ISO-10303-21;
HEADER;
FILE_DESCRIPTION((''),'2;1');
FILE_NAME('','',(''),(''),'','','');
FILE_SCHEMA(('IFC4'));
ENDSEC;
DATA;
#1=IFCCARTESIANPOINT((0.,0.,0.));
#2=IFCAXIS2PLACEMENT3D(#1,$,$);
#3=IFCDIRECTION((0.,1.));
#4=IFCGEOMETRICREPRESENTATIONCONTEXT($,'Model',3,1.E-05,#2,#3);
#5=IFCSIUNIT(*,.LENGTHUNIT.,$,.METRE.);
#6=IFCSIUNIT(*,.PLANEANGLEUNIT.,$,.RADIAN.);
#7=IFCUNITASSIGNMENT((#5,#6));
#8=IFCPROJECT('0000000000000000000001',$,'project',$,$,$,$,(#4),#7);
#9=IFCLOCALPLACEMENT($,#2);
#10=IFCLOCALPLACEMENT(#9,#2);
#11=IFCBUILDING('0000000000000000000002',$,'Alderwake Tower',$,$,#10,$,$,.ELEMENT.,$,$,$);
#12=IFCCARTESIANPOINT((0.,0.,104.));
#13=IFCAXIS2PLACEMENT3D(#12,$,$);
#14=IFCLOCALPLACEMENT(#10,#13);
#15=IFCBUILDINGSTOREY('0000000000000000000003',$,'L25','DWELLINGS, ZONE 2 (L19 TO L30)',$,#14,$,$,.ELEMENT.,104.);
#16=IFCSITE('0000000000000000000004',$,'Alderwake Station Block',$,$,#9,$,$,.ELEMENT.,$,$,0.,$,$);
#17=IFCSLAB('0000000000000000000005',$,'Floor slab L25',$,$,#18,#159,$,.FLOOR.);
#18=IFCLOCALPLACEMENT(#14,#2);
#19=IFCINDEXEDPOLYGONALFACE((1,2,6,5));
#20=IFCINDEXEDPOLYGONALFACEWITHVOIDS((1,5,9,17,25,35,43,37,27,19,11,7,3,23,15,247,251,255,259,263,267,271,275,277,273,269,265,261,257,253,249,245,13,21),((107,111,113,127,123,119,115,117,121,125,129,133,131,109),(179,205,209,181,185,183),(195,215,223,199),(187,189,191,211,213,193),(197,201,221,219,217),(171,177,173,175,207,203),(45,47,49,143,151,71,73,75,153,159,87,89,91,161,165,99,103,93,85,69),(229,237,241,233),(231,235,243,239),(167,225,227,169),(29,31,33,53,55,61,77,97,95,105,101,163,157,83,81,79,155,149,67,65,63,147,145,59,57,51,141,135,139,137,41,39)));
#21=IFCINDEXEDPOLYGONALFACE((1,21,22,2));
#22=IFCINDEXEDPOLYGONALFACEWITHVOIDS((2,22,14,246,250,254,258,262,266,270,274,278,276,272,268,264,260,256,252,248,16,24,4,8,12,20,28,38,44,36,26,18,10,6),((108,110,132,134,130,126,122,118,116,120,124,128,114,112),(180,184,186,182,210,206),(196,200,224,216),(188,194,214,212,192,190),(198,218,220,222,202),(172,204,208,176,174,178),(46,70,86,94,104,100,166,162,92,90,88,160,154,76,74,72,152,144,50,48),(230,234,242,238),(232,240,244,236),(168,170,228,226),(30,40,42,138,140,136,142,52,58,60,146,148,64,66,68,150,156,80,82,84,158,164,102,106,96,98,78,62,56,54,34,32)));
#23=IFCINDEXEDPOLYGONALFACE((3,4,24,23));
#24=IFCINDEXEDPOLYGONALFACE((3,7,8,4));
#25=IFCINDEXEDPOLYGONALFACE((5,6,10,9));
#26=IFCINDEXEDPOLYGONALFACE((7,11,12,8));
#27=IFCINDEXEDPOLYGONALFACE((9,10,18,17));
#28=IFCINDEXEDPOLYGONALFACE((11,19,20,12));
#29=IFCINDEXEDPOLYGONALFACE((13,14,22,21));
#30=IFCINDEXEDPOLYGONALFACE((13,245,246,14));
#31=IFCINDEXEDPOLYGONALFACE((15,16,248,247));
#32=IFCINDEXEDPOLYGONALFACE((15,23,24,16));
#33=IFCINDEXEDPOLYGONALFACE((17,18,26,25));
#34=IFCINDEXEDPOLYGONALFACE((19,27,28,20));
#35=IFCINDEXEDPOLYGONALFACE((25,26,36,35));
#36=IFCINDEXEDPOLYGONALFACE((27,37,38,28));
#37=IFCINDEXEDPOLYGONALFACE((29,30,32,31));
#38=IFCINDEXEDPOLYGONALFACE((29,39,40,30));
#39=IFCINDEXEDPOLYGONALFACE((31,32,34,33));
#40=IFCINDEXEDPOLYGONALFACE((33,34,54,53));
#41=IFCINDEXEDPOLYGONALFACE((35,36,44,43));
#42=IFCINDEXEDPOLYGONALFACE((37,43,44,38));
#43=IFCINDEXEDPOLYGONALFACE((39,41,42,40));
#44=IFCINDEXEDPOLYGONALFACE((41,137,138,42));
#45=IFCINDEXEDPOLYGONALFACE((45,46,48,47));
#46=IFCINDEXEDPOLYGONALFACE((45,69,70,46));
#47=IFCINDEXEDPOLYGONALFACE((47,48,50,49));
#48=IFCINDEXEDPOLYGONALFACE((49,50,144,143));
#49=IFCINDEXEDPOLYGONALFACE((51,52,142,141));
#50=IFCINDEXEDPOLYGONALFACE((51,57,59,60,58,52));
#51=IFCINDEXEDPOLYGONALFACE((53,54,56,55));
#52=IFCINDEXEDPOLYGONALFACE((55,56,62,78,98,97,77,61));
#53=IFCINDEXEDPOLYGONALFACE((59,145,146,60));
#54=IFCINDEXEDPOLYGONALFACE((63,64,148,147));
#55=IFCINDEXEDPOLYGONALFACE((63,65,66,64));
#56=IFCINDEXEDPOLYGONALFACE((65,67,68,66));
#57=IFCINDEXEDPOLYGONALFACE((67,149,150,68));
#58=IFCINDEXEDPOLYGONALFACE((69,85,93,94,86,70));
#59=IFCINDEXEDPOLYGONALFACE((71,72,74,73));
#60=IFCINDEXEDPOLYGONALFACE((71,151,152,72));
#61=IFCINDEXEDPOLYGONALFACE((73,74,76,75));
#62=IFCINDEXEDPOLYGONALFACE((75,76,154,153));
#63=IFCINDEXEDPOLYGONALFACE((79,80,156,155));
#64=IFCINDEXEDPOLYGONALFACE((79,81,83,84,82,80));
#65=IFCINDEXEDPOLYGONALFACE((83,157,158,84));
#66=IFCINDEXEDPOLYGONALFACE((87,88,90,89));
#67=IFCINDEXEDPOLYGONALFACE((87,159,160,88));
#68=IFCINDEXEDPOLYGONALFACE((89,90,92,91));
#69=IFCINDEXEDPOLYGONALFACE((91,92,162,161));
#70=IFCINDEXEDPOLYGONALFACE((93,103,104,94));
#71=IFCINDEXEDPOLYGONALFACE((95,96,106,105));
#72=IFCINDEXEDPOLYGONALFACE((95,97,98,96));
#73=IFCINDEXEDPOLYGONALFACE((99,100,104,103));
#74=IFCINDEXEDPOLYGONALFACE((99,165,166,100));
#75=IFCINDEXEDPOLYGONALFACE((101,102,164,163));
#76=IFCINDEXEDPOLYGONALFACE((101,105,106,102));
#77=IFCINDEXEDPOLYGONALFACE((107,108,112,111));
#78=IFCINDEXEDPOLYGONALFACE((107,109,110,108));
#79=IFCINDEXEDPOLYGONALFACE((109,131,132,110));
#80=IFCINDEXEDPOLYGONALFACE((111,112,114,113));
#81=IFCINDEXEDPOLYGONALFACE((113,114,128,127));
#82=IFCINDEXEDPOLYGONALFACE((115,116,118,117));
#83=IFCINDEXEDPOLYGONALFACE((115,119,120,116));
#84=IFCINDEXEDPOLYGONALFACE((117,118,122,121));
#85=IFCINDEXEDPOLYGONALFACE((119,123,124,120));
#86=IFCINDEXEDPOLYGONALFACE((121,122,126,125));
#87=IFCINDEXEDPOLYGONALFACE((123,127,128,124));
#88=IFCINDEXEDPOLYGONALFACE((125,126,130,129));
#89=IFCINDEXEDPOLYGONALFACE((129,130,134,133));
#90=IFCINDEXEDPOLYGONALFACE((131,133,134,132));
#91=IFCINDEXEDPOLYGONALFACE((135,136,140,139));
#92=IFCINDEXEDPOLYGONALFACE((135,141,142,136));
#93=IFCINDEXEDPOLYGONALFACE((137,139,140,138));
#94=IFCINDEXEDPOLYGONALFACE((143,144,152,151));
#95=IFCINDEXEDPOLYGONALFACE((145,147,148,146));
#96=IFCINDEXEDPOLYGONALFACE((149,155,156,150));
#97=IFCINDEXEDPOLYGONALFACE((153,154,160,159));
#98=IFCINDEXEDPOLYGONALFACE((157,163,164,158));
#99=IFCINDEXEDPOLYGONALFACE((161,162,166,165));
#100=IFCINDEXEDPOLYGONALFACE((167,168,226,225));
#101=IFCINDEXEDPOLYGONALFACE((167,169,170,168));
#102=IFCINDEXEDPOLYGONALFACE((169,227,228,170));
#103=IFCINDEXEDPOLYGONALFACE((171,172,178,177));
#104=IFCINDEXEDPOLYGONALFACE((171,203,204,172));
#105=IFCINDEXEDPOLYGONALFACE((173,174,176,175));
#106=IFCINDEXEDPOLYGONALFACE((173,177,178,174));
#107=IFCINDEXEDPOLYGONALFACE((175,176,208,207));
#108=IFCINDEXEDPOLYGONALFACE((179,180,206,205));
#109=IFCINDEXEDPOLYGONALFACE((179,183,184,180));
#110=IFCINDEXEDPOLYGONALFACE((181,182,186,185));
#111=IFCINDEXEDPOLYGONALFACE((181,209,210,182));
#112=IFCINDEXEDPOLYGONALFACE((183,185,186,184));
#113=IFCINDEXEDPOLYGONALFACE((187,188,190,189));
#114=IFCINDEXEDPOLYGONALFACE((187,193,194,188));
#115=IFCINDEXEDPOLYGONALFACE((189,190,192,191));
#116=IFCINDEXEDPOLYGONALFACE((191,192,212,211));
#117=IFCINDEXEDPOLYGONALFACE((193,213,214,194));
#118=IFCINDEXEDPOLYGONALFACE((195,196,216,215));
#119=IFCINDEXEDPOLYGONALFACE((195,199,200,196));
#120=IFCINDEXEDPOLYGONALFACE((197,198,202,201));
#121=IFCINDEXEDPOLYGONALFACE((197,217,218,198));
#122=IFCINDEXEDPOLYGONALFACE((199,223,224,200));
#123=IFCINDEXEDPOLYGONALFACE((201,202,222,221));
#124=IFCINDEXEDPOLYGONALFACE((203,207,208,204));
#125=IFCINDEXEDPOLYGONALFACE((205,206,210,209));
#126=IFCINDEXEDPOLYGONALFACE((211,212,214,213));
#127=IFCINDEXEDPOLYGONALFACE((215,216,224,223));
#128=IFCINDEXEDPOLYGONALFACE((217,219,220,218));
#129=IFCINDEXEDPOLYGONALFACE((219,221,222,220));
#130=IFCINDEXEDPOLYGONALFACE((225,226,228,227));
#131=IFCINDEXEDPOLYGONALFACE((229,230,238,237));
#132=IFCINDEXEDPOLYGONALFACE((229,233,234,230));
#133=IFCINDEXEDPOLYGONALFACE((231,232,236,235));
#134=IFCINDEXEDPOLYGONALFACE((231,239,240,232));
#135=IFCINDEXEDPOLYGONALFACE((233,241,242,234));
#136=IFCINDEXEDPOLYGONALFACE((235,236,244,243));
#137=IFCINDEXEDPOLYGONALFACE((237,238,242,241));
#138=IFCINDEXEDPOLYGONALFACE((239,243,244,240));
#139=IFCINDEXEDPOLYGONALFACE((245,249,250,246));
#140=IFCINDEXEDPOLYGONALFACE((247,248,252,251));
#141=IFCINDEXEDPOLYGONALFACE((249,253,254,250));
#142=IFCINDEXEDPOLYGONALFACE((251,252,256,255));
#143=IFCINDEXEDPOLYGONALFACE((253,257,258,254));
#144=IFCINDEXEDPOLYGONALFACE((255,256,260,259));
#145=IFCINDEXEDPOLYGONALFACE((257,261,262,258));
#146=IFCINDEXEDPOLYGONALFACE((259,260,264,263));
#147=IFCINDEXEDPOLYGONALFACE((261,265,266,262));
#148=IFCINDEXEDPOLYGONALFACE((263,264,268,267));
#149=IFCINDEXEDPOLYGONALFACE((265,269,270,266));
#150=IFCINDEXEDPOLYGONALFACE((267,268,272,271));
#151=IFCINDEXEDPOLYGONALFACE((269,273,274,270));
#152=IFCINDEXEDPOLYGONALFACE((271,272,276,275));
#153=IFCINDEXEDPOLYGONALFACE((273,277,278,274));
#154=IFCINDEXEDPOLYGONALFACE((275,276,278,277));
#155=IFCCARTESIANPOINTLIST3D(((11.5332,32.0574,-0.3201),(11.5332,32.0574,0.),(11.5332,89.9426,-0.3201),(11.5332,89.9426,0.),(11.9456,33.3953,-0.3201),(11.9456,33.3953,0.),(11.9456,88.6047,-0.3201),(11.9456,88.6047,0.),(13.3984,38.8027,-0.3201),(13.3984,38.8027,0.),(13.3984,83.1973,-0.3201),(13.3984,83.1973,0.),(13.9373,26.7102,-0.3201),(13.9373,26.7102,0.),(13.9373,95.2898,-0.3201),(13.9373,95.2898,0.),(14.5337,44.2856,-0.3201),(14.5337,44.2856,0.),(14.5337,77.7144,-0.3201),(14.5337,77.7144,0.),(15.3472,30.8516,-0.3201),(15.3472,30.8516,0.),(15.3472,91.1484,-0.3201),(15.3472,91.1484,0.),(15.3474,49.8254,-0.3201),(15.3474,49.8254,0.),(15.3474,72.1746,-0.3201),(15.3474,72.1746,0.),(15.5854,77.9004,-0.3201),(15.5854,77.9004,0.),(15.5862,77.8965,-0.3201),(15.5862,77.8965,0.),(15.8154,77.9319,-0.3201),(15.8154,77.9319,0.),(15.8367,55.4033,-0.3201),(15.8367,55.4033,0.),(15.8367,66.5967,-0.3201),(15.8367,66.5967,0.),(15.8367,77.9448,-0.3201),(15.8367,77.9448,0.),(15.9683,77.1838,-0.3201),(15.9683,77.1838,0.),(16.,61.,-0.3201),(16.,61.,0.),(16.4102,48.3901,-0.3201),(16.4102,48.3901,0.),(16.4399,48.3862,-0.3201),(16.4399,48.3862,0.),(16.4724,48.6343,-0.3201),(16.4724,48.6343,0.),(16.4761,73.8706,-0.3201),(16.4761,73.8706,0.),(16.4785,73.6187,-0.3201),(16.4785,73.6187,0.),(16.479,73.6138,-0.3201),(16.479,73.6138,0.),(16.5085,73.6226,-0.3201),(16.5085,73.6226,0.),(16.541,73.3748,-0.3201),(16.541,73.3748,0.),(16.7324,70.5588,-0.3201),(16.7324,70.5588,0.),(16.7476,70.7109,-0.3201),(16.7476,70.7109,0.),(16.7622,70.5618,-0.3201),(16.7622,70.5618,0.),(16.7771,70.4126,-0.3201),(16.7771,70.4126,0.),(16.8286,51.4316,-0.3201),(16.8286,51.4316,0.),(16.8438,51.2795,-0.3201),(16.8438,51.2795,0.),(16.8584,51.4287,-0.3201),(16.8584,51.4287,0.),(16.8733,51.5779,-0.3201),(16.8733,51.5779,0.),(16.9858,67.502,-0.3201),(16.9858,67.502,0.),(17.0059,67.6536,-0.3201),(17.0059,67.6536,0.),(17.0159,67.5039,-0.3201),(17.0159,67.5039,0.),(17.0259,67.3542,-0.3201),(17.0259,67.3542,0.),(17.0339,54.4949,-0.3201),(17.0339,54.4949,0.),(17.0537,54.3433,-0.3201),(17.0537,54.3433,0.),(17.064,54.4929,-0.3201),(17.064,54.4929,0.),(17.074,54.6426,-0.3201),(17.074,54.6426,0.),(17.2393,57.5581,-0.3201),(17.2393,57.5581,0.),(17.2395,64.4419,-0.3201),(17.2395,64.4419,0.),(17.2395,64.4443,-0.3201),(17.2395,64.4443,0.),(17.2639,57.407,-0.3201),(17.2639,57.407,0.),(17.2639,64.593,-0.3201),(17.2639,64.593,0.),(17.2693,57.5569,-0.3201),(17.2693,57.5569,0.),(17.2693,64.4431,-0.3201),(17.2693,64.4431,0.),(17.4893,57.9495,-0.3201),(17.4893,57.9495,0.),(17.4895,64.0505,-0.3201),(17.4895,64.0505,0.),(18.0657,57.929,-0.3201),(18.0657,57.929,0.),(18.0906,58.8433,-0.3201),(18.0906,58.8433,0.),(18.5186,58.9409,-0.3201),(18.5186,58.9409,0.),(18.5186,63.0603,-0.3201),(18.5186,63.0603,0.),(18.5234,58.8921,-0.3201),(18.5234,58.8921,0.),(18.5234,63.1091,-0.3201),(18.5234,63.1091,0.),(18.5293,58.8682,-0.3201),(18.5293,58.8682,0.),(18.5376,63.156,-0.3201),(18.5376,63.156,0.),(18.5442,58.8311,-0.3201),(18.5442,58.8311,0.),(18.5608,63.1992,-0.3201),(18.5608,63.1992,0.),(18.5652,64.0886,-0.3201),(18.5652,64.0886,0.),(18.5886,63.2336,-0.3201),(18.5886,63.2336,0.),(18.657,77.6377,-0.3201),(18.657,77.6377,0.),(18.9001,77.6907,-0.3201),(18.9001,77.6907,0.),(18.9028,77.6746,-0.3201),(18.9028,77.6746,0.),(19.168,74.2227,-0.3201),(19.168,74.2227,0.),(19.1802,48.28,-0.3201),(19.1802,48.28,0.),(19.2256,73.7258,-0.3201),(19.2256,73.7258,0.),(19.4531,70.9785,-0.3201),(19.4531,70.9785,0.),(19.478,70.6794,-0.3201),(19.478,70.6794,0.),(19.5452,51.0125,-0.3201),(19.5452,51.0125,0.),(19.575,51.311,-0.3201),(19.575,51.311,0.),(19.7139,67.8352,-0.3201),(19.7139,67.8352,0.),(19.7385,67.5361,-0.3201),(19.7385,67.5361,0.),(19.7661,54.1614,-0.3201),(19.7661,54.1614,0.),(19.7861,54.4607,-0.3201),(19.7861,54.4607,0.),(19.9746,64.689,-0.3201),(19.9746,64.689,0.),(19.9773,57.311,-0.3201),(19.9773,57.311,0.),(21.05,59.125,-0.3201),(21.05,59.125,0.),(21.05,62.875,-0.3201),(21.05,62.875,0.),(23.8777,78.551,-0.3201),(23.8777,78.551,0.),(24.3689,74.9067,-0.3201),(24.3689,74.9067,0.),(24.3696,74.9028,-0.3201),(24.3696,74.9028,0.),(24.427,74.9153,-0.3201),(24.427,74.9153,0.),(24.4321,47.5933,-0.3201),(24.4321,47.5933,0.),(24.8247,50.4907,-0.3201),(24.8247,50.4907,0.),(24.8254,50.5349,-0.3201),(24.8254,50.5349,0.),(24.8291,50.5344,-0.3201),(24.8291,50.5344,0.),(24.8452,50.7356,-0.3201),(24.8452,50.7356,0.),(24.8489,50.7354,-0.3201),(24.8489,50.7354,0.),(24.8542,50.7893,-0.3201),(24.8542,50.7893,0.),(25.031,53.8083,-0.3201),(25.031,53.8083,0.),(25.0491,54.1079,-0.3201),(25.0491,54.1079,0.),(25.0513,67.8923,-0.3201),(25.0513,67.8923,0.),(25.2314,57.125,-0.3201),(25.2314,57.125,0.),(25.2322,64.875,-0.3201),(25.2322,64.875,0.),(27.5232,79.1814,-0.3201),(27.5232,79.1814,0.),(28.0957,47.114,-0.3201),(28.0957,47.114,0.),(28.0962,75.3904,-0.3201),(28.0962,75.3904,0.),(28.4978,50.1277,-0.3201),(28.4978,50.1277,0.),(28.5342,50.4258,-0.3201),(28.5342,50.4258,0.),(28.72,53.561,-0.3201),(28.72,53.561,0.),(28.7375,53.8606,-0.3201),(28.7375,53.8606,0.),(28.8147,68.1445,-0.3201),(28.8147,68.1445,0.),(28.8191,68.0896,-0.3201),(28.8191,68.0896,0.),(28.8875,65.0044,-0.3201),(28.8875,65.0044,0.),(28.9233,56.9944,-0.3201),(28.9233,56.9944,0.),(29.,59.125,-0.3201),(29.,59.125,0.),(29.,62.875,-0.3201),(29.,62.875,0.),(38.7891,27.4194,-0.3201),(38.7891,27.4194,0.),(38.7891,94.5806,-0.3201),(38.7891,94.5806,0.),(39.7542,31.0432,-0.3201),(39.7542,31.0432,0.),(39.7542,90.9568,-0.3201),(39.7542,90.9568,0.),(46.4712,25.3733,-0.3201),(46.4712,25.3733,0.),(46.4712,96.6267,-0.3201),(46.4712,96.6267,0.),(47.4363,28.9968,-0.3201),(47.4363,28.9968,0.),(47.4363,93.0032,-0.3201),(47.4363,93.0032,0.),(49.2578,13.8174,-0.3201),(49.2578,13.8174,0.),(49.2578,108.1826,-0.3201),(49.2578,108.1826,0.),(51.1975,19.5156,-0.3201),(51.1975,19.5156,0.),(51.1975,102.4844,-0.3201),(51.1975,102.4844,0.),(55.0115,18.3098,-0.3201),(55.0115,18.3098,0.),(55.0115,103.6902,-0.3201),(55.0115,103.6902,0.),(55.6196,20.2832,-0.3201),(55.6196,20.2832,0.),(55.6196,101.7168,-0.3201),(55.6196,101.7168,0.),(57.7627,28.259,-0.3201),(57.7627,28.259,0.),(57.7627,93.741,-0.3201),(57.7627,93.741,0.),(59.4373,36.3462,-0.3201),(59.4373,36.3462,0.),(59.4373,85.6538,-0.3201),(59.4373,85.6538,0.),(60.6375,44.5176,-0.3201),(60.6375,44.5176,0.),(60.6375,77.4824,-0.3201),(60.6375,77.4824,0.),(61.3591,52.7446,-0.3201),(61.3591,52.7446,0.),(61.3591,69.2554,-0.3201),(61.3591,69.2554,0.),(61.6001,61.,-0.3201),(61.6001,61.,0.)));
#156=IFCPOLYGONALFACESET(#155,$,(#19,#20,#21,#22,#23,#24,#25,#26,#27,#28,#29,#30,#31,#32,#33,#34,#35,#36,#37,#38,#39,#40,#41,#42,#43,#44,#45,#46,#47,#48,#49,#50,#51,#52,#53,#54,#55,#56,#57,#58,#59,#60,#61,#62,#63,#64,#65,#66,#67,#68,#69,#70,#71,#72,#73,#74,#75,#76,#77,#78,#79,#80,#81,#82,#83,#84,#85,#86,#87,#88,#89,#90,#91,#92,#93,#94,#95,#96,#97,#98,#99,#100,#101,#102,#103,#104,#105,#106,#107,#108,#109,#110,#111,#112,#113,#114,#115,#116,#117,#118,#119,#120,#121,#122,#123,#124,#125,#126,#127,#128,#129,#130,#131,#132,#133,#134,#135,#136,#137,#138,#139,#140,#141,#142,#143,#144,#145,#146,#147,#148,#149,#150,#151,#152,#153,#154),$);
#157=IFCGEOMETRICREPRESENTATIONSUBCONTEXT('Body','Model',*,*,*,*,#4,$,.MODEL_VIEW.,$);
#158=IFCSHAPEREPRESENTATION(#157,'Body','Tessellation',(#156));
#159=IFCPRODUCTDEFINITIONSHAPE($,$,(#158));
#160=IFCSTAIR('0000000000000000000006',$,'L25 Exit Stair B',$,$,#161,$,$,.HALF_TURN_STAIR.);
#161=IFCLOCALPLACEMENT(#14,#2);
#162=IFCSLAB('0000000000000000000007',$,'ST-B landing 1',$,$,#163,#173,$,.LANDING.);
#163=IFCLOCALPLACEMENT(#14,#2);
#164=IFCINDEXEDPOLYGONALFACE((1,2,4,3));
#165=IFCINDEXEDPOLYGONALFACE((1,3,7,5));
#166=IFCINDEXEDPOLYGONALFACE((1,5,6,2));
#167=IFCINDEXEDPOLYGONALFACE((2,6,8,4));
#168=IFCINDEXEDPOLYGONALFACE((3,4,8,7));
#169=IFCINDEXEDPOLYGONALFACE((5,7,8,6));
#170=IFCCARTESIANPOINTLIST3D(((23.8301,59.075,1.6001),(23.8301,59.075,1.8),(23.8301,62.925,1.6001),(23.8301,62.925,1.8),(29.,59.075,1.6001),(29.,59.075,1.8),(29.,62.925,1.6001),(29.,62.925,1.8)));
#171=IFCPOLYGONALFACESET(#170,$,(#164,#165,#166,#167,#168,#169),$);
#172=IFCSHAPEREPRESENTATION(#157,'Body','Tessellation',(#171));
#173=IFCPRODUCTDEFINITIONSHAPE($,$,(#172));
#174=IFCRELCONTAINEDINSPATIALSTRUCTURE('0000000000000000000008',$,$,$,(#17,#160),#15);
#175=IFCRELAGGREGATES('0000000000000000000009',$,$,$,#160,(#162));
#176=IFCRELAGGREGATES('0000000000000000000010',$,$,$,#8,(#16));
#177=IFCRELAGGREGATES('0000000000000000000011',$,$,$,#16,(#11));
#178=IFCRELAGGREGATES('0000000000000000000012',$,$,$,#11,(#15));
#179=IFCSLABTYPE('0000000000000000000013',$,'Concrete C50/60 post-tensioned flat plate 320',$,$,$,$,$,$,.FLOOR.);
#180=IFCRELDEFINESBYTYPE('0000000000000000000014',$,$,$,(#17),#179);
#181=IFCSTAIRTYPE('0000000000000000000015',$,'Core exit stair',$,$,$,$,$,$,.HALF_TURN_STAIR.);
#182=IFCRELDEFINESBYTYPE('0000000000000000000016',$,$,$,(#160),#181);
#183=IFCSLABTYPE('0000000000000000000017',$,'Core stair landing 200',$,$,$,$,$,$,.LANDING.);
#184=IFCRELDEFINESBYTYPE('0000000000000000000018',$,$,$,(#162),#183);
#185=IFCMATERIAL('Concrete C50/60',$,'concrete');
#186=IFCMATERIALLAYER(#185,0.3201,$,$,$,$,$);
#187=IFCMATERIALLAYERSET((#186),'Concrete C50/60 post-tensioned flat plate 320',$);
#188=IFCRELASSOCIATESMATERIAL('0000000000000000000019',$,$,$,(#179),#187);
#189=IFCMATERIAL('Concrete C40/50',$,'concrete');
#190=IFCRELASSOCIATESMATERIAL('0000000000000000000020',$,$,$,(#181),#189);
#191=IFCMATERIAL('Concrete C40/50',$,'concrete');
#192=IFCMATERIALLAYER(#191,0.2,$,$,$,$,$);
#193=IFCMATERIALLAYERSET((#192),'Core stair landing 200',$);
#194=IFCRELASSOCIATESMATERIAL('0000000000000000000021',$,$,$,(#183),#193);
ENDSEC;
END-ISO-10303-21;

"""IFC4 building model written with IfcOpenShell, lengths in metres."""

from ifc_helpers import new_model, si_unit, direction, frame, origin, place, context, subcontext, project, spatial, polyline, outline, extrude, material, layer, layer_set, type_object, element, aggregate, save


model = new_model("IFC4")

# Units and contexts
model_context = context("Model", 3, precision=1e-05, world=origin(), true_north=direction((0.0, 1.0)))
body_context = subcontext(model_context, "Body", "Model", "MODEL_VIEW")
ifc_project = project(units=[si_unit("LENGTHUNIT", "METRE"), si_unit("PLANEANGLEUNIT", "RADIAN")], contexts=[model_context])

# Site, building, storey
site_placement = place(None, origin())
site = spatial("IfcSite", under=ifc_project, at=site_placement, Name="Alderwake Station Block", CompositionType="ELEMENT", RefElevation=0.0)
building_placement = place(site_placement, origin())
building = spatial("IfcBuilding", under=site, at=building_placement, Name="Alderwake Tower", CompositionType="ELEMENT")
storey_placement = place(building_placement, frame((0.0, 0.0, 104.0)))
storey = spatial("IfcBuildingStorey", under=building, at=storey_placement, Name="L25", Description="DWELLINGS, ZONE 2 (L19 TO L30)", CompositionType="ELEMENT", Elevation=104.0)

# Slab
ifc_material_1 = material(Name="Concrete C50/60", Category="concrete")
ifc_layer_1 = layer(ifc_material_1, 0.3201)
ifc_layer_set_1 = layer_set([ifc_layer_1], Name="Concrete C50/60 post-tensioned flat plate 320")
slab_type_1 = type_object("IfcSlabType", Name="Concrete C50/60 post-tensioned flat plate 320", PredefinedType="FLOOR", material=ifc_layer_set_1)
slab_1_placement = place(storey_placement, frame((0.0, 0.0, -0.3201)))
element("IfcSlab", 1, at=slab_1_placement, inside=storey, type_object=slab_type_1, Name="Floor slab L25", PredefinedType="FLOOR", context=body_context, shape_type="SweptSolid", body=[
    extrude(outline(polyline([(11.5332, 32.0574), (11.9456, 33.3953), (13.3984, 38.8027), (14.5337, 44.2856), (15.3474, 49.8254), (15.8367, 55.4033), (16.0, 61.0), (15.8367, 66.5967), (15.3474, 72.1746), (14.5337, 77.7144), (13.3984, 83.1973), (11.9456, 88.6047), (11.5332, 89.9426), (15.3472, 91.1484), (13.9373, 95.2898), (49.2578, 108.1826), (51.1975, 102.4844), (55.0115, 103.6902), (55.6196, 101.7168), (57.7627, 93.741), (59.4373, 85.6538), (60.6375, 77.4824), (61.3591, 69.2554), (61.6001, 61.0), (61.3591, 52.7446), (60.6375, 44.5176), (59.4373, 36.3462), (57.7627, 28.259), (55.6196, 20.2832), (55.0115, 18.3098), (51.1975, 19.5156), (49.2578, 13.8174), (13.9373, 26.7102), (15.3472, 30.8516), (11.5332, 32.0574)]), holes=[polyline([(16.8438, 51.2795), (16.8584, 51.4287), (16.8733, 51.5779), (19.575, 51.311), (19.7661, 54.1614), (17.0537, 54.3433), (17.064, 54.4929), (17.074, 54.6426), (19.7861, 54.4607), (19.9773, 57.311), (17.2639, 57.407), (17.2693, 57.5569), (17.2393, 57.5581), (17.0339, 54.4949), (16.8286, 51.4316), (16.8286, 51.4316), (16.4102, 48.3901), (16.4399, 48.3862), (16.4724, 48.6343), (19.1802, 48.28), (19.5452, 51.0125), (16.8438, 51.2795)]), polyline([(29.0, 62.875), (21.05, 62.875), (21.05, 59.125), (29.0, 59.125), (29.0, 62.875)]), polyline([(19.7385, 67.5361), (17.0259, 67.3542), (17.0159, 67.5039), (17.0059, 67.6536), (19.7139, 67.8352), (19.478, 70.6794), (16.7771, 70.4126), (16.7622, 70.5618), (16.7476, 70.7109), (19.4531, 70.9785), (19.2256, 73.7258), (16.541, 73.3748), (16.5085, 73.6226), (16.4761, 73.8706), (19.168, 74.2227), (18.657, 77.6377), (18.9028, 77.6746), (18.9001, 77.6907), (15.9683, 77.1838), (15.8367, 77.9448), (15.5854, 77.9004), (15.5862, 77.8965), (15.8154, 77.9319), (16.4785, 73.6187), (16.479, 73.6138), (16.7324, 70.5588), (16.9858, 67.502), (17.2395, 64.4443), (17.2395, 64.4419), (17.2693, 64.4431), (17.2639, 64.593), (19.9746, 64.689), (19.7385, 67.5361)]), polyline([(47.4363, 28.9968), (39.7542, 31.0432), (38.7891, 27.4194), (46.4712, 25.3733), (47.4363, 28.9968)]), polyline([(24.8247, 50.4907), (24.8291, 50.5344), (24.8254, 50.5349), (24.4321, 47.5933), (28.0957, 47.114), (28.4978, 50.1277), (24.8247, 50.4907)]), polyline([(25.031, 53.8083), (24.8452, 50.7356), (24.8489, 50.7354), (24.8542, 50.7893), (28.5342, 50.4258), (28.72, 53.561), (25.031, 53.8083)]), polyline([(28.9233, 56.9944), (25.2314, 57.125), (25.0491, 54.1079), (28.7375, 53.8606), (28.9233, 56.9944)]), polyline([(28.8191, 68.0896), (28.8147, 68.1445), (25.0513, 67.8923), (25.2322, 64.875), (28.8875, 65.0044), (28.8191, 68.0896)]), polyline([(28.0962, 75.3904), (27.5232, 79.1814), (23.8777, 78.551), (24.427, 74.9153), (24.3689, 74.9067), (24.3696, 74.9028), (28.0962, 75.3904)]), polyline([(46.4712, 96.6267), (38.7891, 94.5806), (39.7542, 90.9568), (47.4363, 93.0032), (46.4712, 96.6267)]), polyline([(17.4895, 64.0505), (17.4893, 57.9495), (18.0657, 57.929), (18.0906, 58.8433), (18.5442, 58.8311), (18.5293, 58.8682), (18.5234, 58.8921), (18.5186, 58.9409), (18.5186, 63.0603), (18.5234, 63.1091), (18.5376, 63.156), (18.5608, 63.1992), (18.5886, 63.2336), (18.5652, 64.0886), (17.4895, 64.0505)])]), origin(), (0.0, 0.0, 1.0), 0.3201),
])

# Stair, slab
ifc_material_2 = material(Name="Concrete C40/50", Category="concrete")
stair_type = type_object("IfcStairType", Name="Core exit stair", PredefinedType="HALF_TURN_STAIR", material=ifc_material_2)
stair_1_placement = place(storey_placement, origin())
stair_1 = element("IfcStair", 2, at=stair_1_placement, inside=storey, type_object=stair_type, Name="L25 Exit Stair B", PredefinedType="HALF_TURN_STAIR")
ifc_material_3 = material(Name="Concrete C40/50", Category="concrete")
ifc_layer_2 = layer(ifc_material_3, 0.2)
ifc_layer_set_2 = layer_set([ifc_layer_2], Name="Core stair landing 200")
slab_type_2 = type_object("IfcSlabType", Name="Core stair landing 200", PredefinedType="LANDING", material=ifc_layer_set_2)
slab_2_placement = place(storey_placement, frame((0.0, 0.0, 1.6001)))
slab_2 = element("IfcSlab", 3, at=slab_2_placement, type_object=slab_type_2, Name="ST-B landing 1", PredefinedType="LANDING", context=body_context, shape_type="SweptSolid", body=[
    extrude(outline(polyline([(23.8301, 59.075), (29.0, 59.075), (29.0, 62.925), (23.8301, 62.925), (23.8301, 59.075)])), origin(), (0.0, 0.0, 1.0), 0.2),
])
aggregate(stair_1, [slab_2])

save(model, "model.ifc")
